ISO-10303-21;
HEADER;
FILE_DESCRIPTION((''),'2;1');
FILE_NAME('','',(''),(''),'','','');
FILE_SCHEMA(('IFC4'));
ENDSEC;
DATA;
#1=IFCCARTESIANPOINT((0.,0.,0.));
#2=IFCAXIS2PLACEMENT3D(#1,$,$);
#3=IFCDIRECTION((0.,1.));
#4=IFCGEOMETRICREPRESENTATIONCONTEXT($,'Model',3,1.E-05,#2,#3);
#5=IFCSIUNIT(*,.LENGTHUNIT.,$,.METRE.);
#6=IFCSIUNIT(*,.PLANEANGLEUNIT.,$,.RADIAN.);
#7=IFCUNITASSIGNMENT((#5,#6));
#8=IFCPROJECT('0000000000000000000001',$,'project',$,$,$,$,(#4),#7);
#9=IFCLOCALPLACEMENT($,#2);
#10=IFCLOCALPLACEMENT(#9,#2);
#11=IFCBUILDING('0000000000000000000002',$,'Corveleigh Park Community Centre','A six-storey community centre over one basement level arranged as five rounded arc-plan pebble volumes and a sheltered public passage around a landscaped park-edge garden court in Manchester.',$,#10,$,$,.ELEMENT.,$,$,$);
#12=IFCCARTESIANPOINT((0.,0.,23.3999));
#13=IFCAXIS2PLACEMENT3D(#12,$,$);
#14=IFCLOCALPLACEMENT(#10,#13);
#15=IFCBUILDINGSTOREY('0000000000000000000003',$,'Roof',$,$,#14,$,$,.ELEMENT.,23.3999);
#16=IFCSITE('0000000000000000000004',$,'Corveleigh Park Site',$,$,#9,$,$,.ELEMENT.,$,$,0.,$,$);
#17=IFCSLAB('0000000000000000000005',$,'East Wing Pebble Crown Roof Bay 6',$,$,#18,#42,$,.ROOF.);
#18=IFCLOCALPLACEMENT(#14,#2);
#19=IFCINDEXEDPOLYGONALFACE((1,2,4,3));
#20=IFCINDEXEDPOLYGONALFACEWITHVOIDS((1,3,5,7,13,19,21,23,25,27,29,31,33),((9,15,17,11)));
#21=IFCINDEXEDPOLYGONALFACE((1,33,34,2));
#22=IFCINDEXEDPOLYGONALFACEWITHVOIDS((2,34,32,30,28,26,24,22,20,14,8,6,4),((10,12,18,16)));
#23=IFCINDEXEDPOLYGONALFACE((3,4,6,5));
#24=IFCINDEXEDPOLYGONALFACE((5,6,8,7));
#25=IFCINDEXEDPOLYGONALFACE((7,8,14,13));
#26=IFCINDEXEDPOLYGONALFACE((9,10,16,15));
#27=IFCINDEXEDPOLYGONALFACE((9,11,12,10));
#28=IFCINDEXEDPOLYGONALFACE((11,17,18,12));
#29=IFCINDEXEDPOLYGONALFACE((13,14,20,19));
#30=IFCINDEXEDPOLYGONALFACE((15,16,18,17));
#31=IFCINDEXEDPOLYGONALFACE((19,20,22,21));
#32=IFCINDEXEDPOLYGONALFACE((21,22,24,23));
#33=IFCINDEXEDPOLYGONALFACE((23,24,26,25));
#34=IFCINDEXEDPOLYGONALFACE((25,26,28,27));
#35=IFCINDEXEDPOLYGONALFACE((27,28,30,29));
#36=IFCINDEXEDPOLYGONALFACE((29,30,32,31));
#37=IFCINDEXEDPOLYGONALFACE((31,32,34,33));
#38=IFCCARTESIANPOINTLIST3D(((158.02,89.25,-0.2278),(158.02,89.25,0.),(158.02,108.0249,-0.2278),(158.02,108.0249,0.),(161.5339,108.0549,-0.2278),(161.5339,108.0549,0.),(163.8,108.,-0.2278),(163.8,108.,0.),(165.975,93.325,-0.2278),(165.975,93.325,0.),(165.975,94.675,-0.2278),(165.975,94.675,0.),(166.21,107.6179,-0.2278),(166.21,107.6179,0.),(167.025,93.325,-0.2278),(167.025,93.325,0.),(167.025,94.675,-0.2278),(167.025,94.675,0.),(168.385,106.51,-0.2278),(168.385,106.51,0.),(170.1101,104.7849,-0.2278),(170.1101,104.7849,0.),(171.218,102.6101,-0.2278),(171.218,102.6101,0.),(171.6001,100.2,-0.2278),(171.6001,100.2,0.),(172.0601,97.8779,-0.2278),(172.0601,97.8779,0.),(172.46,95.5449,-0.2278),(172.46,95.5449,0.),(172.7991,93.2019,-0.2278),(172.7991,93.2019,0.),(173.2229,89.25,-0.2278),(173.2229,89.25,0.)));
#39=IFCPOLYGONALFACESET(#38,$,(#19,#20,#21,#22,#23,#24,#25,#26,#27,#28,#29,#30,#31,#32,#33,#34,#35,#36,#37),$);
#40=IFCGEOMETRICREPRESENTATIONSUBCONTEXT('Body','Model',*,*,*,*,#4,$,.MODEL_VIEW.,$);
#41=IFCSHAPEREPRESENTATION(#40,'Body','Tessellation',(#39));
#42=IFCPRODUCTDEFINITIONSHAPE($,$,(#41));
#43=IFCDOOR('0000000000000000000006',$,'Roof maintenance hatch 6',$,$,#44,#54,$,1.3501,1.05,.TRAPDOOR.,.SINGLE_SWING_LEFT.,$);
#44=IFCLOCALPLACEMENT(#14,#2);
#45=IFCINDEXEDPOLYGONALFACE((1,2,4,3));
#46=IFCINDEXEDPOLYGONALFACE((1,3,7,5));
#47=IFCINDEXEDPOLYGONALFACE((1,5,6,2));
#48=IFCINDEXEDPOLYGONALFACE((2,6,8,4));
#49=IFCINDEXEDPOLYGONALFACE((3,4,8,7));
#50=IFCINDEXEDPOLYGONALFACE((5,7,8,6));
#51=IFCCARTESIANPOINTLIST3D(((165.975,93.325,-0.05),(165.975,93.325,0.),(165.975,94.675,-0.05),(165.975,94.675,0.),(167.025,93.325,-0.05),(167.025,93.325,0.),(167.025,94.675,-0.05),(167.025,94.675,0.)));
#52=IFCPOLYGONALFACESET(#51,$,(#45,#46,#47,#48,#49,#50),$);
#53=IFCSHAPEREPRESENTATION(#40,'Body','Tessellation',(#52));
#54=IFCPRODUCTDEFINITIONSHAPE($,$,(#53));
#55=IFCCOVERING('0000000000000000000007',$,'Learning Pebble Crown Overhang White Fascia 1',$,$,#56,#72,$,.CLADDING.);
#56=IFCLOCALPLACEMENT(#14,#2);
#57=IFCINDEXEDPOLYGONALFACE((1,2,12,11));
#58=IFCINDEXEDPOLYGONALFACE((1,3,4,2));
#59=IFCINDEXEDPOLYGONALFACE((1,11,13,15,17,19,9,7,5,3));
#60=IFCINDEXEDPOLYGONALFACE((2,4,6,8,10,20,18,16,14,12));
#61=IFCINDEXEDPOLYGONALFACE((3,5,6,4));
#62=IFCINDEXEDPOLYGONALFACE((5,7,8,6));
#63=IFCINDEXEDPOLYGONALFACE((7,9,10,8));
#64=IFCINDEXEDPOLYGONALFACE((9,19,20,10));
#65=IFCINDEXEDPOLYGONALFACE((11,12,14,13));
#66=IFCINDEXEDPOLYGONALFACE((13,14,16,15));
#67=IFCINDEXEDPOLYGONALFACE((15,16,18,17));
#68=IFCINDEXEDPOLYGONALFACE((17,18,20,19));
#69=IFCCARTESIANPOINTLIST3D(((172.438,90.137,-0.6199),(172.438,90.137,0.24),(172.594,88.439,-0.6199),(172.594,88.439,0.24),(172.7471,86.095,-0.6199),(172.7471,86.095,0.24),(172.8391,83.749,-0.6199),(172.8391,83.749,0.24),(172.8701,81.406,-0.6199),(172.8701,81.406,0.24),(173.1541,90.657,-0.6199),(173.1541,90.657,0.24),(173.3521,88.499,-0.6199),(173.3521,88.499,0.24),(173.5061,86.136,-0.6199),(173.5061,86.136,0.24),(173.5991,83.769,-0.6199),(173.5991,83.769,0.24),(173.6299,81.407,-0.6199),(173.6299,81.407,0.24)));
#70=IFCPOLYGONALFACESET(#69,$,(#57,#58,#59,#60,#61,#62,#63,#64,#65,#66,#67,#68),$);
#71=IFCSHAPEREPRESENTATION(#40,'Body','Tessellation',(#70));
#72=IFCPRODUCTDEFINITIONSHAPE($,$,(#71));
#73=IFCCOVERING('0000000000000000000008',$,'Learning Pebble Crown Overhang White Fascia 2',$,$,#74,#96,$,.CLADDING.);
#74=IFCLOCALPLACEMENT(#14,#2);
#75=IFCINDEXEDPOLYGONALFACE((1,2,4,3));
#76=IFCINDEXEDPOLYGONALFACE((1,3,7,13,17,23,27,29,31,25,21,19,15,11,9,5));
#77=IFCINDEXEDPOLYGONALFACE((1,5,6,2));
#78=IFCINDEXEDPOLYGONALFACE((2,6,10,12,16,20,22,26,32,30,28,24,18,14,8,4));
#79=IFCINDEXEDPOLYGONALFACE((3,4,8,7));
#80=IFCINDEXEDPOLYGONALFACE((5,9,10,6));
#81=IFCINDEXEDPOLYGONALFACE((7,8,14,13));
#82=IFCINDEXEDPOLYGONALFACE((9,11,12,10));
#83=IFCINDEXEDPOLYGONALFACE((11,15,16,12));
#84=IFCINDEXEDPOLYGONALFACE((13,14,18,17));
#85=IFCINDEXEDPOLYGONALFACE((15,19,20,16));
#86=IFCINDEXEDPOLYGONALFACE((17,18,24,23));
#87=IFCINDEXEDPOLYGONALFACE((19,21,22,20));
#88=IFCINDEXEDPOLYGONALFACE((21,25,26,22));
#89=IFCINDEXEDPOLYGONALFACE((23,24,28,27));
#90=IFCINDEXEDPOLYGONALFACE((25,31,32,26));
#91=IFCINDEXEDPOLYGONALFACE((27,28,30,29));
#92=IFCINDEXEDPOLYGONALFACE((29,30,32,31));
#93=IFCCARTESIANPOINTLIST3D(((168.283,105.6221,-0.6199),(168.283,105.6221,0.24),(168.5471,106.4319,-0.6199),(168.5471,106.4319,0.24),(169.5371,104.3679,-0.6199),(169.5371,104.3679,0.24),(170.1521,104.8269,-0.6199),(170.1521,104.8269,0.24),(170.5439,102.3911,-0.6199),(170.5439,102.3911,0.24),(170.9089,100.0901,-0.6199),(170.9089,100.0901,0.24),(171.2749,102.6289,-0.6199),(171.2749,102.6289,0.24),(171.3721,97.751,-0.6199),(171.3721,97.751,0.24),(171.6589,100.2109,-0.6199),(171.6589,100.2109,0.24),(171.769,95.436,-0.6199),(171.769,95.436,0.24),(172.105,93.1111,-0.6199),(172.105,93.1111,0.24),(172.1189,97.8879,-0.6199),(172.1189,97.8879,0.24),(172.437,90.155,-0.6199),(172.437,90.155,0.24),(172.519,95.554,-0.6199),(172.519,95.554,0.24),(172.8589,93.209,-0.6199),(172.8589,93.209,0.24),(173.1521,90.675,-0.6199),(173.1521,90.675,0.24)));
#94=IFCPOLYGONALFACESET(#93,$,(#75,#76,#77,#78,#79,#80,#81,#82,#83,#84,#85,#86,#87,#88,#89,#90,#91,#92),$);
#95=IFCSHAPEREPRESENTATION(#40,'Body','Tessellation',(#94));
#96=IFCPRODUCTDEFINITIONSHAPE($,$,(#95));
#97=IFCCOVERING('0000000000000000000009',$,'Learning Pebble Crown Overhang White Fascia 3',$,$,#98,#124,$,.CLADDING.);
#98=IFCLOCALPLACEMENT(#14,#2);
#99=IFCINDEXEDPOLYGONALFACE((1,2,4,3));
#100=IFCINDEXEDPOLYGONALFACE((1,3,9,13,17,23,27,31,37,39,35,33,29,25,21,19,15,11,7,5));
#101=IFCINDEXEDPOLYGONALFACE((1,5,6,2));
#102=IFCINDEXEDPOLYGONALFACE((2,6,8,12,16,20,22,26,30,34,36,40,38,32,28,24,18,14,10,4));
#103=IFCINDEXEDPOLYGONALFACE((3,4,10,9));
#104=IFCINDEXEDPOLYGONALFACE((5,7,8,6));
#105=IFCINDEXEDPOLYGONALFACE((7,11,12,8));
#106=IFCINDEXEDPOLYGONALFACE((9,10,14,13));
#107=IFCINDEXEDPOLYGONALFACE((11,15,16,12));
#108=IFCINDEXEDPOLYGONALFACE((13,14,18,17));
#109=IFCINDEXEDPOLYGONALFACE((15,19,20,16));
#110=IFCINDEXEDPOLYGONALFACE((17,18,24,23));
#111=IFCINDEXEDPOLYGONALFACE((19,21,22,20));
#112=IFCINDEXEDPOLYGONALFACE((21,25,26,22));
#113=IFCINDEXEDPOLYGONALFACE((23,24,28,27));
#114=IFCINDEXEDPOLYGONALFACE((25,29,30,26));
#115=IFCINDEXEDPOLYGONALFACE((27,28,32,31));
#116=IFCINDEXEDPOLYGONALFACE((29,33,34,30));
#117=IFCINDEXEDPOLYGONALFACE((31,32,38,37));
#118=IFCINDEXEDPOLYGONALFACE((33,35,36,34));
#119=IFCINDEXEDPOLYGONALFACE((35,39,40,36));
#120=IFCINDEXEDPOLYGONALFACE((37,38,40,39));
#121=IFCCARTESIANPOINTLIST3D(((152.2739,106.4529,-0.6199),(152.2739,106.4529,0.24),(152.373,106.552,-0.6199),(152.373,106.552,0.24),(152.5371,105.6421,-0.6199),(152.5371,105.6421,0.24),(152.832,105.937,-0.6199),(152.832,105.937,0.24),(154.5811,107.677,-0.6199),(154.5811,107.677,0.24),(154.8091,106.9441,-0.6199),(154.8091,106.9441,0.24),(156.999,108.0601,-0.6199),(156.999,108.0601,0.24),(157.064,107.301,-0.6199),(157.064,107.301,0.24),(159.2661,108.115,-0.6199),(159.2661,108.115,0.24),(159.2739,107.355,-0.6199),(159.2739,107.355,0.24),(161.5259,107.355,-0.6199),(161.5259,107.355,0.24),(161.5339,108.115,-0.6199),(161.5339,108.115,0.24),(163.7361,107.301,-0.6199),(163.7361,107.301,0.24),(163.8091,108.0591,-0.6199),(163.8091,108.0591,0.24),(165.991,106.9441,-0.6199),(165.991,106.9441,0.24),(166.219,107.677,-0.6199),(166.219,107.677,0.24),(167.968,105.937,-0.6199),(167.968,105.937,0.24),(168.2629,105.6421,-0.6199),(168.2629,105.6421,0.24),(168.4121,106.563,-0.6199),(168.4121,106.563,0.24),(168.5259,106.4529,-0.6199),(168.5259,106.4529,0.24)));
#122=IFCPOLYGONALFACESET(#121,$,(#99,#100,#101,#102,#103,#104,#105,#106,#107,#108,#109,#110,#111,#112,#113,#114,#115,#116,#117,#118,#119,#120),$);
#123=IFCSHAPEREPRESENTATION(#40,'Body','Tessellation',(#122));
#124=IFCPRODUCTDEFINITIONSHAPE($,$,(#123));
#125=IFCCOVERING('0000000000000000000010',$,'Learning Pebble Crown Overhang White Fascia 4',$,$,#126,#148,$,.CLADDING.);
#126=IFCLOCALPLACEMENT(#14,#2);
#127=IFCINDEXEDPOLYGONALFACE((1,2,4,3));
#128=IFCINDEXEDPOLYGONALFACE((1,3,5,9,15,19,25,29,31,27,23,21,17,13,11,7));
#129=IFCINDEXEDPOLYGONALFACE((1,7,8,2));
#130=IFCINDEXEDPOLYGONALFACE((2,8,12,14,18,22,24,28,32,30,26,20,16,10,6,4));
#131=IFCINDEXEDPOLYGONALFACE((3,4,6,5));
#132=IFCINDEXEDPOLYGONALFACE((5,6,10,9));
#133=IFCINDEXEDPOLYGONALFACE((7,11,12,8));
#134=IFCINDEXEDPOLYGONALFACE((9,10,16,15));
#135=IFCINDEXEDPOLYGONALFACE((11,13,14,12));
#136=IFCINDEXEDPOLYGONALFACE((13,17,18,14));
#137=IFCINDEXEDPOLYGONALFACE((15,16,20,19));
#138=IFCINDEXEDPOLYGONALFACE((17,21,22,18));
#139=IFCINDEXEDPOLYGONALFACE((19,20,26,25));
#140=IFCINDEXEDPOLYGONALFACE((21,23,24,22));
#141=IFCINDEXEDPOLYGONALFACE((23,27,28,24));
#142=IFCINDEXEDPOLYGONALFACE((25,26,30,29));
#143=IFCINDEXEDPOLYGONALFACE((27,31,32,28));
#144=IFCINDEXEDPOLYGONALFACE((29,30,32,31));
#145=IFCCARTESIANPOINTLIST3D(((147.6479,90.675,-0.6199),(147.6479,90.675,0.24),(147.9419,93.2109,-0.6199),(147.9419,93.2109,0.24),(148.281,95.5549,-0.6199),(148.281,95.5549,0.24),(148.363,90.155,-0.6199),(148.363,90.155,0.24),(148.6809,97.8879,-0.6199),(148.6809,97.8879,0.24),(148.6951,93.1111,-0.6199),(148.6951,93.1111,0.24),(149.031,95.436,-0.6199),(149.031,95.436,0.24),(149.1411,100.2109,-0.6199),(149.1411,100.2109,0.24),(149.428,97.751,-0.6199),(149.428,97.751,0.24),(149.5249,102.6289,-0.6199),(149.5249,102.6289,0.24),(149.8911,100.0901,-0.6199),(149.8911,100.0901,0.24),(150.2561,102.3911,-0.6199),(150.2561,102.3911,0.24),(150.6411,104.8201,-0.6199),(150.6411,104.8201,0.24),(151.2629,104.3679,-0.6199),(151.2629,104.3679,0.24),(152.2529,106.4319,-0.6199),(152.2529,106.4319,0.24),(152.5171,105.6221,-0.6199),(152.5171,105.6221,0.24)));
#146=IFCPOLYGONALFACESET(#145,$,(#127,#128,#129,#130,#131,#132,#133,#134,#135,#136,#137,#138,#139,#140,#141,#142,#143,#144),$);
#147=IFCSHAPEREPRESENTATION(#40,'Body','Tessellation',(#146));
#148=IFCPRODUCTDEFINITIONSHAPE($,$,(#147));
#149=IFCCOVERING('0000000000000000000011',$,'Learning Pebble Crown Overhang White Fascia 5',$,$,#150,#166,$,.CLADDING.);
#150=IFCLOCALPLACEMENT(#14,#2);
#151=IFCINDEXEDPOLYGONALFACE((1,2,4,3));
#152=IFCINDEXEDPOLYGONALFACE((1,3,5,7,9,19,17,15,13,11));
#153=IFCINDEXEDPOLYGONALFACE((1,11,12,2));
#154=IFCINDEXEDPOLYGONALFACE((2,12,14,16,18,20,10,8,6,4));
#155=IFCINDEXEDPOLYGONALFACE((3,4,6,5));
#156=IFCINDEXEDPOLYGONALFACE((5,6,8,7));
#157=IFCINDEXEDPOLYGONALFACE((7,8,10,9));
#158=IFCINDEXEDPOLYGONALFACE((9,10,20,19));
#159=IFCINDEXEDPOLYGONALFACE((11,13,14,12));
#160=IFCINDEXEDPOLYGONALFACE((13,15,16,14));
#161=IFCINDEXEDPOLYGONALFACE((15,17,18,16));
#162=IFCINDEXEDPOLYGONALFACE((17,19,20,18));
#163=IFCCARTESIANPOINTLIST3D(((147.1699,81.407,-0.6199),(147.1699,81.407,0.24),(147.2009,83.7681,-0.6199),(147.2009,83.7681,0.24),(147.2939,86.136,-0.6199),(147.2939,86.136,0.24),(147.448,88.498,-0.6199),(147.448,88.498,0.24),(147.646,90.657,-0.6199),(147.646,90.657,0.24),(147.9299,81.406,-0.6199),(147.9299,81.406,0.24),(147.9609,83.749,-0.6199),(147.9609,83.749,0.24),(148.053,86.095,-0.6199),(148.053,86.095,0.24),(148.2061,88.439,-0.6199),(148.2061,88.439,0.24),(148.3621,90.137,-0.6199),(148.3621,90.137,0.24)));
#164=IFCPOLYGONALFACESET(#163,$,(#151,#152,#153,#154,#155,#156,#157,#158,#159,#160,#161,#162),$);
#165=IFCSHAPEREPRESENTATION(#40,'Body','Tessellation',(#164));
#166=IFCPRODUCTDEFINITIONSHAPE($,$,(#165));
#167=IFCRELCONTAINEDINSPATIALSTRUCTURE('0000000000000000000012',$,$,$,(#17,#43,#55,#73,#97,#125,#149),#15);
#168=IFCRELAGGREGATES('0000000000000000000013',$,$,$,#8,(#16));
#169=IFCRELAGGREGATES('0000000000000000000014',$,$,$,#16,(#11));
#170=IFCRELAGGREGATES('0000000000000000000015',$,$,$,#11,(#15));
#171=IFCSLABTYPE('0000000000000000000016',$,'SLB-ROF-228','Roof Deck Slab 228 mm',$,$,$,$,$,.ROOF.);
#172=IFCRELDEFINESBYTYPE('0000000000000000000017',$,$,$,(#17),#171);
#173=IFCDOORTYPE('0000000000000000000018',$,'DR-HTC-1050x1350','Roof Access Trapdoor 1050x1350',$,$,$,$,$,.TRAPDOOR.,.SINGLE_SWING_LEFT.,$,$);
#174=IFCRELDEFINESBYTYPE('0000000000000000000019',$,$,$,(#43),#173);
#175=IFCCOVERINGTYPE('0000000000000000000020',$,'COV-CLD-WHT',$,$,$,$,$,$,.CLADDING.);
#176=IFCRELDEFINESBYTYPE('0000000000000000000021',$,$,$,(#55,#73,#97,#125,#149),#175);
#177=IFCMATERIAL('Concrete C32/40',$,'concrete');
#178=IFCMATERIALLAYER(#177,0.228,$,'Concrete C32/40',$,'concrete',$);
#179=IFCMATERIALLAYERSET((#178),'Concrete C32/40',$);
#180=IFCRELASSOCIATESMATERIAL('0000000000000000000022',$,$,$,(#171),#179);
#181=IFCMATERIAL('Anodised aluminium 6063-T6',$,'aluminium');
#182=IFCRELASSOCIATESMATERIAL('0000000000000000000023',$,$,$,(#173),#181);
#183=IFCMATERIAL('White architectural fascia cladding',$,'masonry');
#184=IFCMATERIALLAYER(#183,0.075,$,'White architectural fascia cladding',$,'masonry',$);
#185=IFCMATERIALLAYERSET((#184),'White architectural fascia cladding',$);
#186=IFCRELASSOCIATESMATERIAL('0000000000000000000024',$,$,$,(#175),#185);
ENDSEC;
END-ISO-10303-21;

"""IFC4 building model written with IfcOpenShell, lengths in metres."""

from ifc_helpers import new_model, si_unit, direction, frame, origin, origin_2d, place, context, subcontext, project, spatial, polyline, rectangle, outline, extrude, material, layer, layer_set, type_object, element, fill, save


model = new_model("IFC4")

# Units and contexts
model_context = context("Model", 3, precision=1e-05, world=origin(), true_north=direction((0.0, 1.0)))
body_context = subcontext(model_context, "Body", "Model", "MODEL_VIEW")
ifc_project = project(units=[si_unit("LENGTHUNIT", "METRE"), si_unit("PLANEANGLEUNIT", "RADIAN")], contexts=[model_context])

# Site, building, storey
site_placement = place(None, origin())
site = spatial("IfcSite", under=ifc_project, at=site_placement, Name="Corveleigh Park Site", CompositionType="ELEMENT", RefElevation=0.0)
building_placement = place(site_placement, origin())
building = spatial("IfcBuilding", under=site, at=building_placement, Name="Corveleigh Park Community Centre", Description="A six-storey community centre over one basement level arranged as five rounded arc-plan pebble volumes and a sheltered public passage around a landscaped park-edge garden court in Manchester.", CompositionType="ELEMENT")
storey_placement = place(building_placement, frame((0.0, 0.0, 23.3999)))
storey = spatial("IfcBuildingStorey", under=building, at=storey_placement, Name="Roof", CompositionType="ELEMENT", Elevation=23.3999)

# Shared definitions
ifc_material_1 = material(Name="Concrete C32/40", Category="concrete")

# Shared definitions
ifc_layer_1 = layer(ifc_material_1, 0.228, Name="Concrete C32/40", Category="concrete")
ifc_layer_set_1 = layer_set([ifc_layer_1], Name="Concrete C32/40")
slab_type_1 = type_object("IfcSlabType", Name="SLB-ROF-228", Description="Roof Deck Slab 228 mm", PredefinedType="ROOF", material=ifc_layer_set_1)
ifc_material_2 = material(Name="Anodised aluminium 6063-T6", Category="aluminium")

# Slab, opening, door
slab_1_placement = place(storey_placement, frame((0.0, 0.0, -0.2278)))
slab_1 = element("IfcSlab", 1, at=slab_1_placement, inside=storey, type_object=slab_type_1, Name="East Wing Pebble Crown Roof Bay 6", PredefinedType="ROOF", context=body_context, shape_type="SweptSolid", body=[
    extrude(outline(polyline([(161.5339, 108.0549), (163.8, 108.0), (166.21, 107.6179), (168.385, 106.51), (170.1101, 104.7849), (171.218, 102.6101), (171.6001, 100.2), (172.0601, 97.8779), (172.46, 95.5449), (172.7991, 93.2019), (173.2229, 89.25), (158.02, 89.25), (158.02, 108.0249), (161.5339, 108.0549)])), origin(), (0.0, 0.0, 1.0), 0.2278),
])
opening_1_placement = place(slab_1_placement, frame((166.5, 94.0, -0.01)))
opening_1 = element("IfcOpeningElement", 2, at=opening_1_placement, cuts=slab_1, PredefinedType="OPENING", context=body_context, shape_type="SweptSolid", body=[
    extrude(rectangle(XDim=1.05, YDim=1.3501, at=origin_2d()), origin(), (0.0, 0.0, 1.0), 0.2478),
])
door_type_1 = type_object("IfcDoorType", Name="DR-HTC-1050x1350", Description="Roof Access Trapdoor 1050x1350", OperationType="SINGLE_SWING_LEFT", PredefinedType="TRAPDOOR", material=ifc_material_2)
door_1_placement = place(opening_1_placement, frame((0.0, 0.0, 0.1877)))
door_1 = element("IfcDoor", 3, at=door_1_placement, inside=storey, type_object=door_type_1, Name="Roof maintenance hatch 6", OperationType="SINGLE_SWING_LEFT", OverallHeight=1.3501, OverallWidth=1.05, PredefinedType="TRAPDOOR", context=body_context, shape_type="SweptSolid", body=[
    extrude(rectangle(XDim=1.05, YDim=1.3501, at=origin_2d()), origin(), (0.0, 0.0, 1.0), 0.05),
])
fill(opening_1, door_1)

# Coverings
ifc_material_3 = material(Name="White architectural fascia cladding", Category="masonry")
ifc_layer_2 = layer(ifc_material_3, 0.075, Name="White architectural fascia cladding", Category="masonry")
ifc_layer_set_2 = layer_set([ifc_layer_2], Name="White architectural fascia cladding")
covering_type_1 = type_object("IfcCoveringType", Name="COV-CLD-WHT", PredefinedType="CLADDING", material=ifc_layer_set_2)
covering_1_placement = place(storey_placement, frame((0.0, 0.0, -0.6199)))
element("IfcCovering", 4, at=covering_1_placement, inside=storey, type_object=covering_type_1, Name="Learning Pebble Crown Overhang White Fascia 1", PredefinedType="CLADDING", context=body_context, shape_type="SweptSolid", body=[
    extrude(outline(polyline([(173.3521, 88.499), (173.5061, 86.136), (173.5991, 83.769), (173.6299, 81.407), (172.8701, 81.406), (172.8391, 83.749), (172.7471, 86.095), (172.594, 88.439), (172.438, 90.137), (173.1541, 90.657), (173.3521, 88.499)])), origin(), (0.0, 0.0, 1.0), 0.8599),
])
covering_2_placement = place(storey_placement, frame((0.0, 0.0, -0.6199)))
element("IfcCovering", 5, at=covering_2_placement, inside=storey, type_object=covering_type_1, Name="Learning Pebble Crown Overhang White Fascia 2", PredefinedType="CLADDING", context=body_context, shape_type="SweptSolid", body=[
    extrude(outline(polyline([(170.1521, 104.8269), (171.2749, 102.6289), (171.6589, 100.2109), (172.1189, 97.8879), (172.519, 95.554), (172.8589, 93.209), (173.1521, 90.675), (172.437, 90.155), (172.105, 93.1111), (171.769, 95.436), (171.3721, 97.751), (170.9089, 100.0901), (170.5439, 102.3911), (169.5371, 104.3679), (168.283, 105.6221), (168.5471, 106.4319), (170.1521, 104.8269)])), origin(), (0.0, 0.0, 1.0), 0.8599),
])
covering_3_placement = place(storey_placement, frame((0.0, 0.0, -0.6199)))
element("IfcCovering", 6, at=covering_3_placement, inside=storey, type_object=covering_type_1, Name="Learning Pebble Crown Overhang White Fascia 3", PredefinedType="CLADDING", context=body_context, shape_type="SweptSolid", body=[
    extrude(outline(polyline([(152.373, 106.552), (154.5811, 107.677), (156.999, 108.0601), (159.2661, 108.115), (161.5339, 108.115), (163.8091, 108.0591), (166.219, 107.677), (168.4121, 106.563), (168.5259, 106.4529), (168.2629, 105.6421), (167.968, 105.937), (165.991, 106.9441), (163.7361, 107.301), (161.5259, 107.355), (159.2739, 107.355), (157.064, 107.301), (154.8091, 106.9441), (152.832, 105.937), (152.5371, 105.6421), (152.2739, 106.4529), (152.373, 106.552)])), origin(), (0.0, 0.0, 1.0), 0.8599),
])
covering_4_placement = place(storey_placement, frame((0.0, 0.0, -0.6199)))
element("IfcCovering", 7, at=covering_4_placement, inside=storey, type_object=covering_type_1, Name="Learning Pebble Crown Overhang White Fascia 4", PredefinedType="CLADDING", context=body_context, shape_type="SweptSolid", body=[
    extrude(outline(polyline([(147.6479, 90.675), (147.9419, 93.2109), (148.281, 95.5549), (148.6809, 97.8879), (149.1411, 100.2109), (149.5249, 102.6289), (150.6411, 104.8201), (152.2529, 106.4319), (152.5171, 105.6221), (151.2629, 104.3679), (150.2561, 102.3911), (149.8911, 100.0901), (149.428, 97.751), (149.031, 95.436), (148.6951, 93.1111), (148.363, 90.155), (147.6479, 90.675)])), origin(), (0.0, 0.0, 1.0), 0.8599),
])
covering_5_placement = place(storey_placement, frame((0.0, 0.0, -0.6199)))
element("IfcCovering", 8, at=covering_5_placement, inside=storey, type_object=covering_type_1, Name="Learning Pebble Crown Overhang White Fascia 5", PredefinedType="CLADDING", context=body_context, shape_type="SweptSolid", body=[
    extrude(outline(polyline([(147.2009, 83.7681), (147.2939, 86.136), (147.448, 88.498), (147.646, 90.657), (148.3621, 90.137), (148.2061, 88.439), (148.053, 86.095), (147.9609, 83.749), (147.9299, 81.406), (147.1699, 81.407), (147.2009, 83.7681)])), origin(), (0.0, 0.0, 1.0), 0.8599),
])

save(model, "model.ifc")
